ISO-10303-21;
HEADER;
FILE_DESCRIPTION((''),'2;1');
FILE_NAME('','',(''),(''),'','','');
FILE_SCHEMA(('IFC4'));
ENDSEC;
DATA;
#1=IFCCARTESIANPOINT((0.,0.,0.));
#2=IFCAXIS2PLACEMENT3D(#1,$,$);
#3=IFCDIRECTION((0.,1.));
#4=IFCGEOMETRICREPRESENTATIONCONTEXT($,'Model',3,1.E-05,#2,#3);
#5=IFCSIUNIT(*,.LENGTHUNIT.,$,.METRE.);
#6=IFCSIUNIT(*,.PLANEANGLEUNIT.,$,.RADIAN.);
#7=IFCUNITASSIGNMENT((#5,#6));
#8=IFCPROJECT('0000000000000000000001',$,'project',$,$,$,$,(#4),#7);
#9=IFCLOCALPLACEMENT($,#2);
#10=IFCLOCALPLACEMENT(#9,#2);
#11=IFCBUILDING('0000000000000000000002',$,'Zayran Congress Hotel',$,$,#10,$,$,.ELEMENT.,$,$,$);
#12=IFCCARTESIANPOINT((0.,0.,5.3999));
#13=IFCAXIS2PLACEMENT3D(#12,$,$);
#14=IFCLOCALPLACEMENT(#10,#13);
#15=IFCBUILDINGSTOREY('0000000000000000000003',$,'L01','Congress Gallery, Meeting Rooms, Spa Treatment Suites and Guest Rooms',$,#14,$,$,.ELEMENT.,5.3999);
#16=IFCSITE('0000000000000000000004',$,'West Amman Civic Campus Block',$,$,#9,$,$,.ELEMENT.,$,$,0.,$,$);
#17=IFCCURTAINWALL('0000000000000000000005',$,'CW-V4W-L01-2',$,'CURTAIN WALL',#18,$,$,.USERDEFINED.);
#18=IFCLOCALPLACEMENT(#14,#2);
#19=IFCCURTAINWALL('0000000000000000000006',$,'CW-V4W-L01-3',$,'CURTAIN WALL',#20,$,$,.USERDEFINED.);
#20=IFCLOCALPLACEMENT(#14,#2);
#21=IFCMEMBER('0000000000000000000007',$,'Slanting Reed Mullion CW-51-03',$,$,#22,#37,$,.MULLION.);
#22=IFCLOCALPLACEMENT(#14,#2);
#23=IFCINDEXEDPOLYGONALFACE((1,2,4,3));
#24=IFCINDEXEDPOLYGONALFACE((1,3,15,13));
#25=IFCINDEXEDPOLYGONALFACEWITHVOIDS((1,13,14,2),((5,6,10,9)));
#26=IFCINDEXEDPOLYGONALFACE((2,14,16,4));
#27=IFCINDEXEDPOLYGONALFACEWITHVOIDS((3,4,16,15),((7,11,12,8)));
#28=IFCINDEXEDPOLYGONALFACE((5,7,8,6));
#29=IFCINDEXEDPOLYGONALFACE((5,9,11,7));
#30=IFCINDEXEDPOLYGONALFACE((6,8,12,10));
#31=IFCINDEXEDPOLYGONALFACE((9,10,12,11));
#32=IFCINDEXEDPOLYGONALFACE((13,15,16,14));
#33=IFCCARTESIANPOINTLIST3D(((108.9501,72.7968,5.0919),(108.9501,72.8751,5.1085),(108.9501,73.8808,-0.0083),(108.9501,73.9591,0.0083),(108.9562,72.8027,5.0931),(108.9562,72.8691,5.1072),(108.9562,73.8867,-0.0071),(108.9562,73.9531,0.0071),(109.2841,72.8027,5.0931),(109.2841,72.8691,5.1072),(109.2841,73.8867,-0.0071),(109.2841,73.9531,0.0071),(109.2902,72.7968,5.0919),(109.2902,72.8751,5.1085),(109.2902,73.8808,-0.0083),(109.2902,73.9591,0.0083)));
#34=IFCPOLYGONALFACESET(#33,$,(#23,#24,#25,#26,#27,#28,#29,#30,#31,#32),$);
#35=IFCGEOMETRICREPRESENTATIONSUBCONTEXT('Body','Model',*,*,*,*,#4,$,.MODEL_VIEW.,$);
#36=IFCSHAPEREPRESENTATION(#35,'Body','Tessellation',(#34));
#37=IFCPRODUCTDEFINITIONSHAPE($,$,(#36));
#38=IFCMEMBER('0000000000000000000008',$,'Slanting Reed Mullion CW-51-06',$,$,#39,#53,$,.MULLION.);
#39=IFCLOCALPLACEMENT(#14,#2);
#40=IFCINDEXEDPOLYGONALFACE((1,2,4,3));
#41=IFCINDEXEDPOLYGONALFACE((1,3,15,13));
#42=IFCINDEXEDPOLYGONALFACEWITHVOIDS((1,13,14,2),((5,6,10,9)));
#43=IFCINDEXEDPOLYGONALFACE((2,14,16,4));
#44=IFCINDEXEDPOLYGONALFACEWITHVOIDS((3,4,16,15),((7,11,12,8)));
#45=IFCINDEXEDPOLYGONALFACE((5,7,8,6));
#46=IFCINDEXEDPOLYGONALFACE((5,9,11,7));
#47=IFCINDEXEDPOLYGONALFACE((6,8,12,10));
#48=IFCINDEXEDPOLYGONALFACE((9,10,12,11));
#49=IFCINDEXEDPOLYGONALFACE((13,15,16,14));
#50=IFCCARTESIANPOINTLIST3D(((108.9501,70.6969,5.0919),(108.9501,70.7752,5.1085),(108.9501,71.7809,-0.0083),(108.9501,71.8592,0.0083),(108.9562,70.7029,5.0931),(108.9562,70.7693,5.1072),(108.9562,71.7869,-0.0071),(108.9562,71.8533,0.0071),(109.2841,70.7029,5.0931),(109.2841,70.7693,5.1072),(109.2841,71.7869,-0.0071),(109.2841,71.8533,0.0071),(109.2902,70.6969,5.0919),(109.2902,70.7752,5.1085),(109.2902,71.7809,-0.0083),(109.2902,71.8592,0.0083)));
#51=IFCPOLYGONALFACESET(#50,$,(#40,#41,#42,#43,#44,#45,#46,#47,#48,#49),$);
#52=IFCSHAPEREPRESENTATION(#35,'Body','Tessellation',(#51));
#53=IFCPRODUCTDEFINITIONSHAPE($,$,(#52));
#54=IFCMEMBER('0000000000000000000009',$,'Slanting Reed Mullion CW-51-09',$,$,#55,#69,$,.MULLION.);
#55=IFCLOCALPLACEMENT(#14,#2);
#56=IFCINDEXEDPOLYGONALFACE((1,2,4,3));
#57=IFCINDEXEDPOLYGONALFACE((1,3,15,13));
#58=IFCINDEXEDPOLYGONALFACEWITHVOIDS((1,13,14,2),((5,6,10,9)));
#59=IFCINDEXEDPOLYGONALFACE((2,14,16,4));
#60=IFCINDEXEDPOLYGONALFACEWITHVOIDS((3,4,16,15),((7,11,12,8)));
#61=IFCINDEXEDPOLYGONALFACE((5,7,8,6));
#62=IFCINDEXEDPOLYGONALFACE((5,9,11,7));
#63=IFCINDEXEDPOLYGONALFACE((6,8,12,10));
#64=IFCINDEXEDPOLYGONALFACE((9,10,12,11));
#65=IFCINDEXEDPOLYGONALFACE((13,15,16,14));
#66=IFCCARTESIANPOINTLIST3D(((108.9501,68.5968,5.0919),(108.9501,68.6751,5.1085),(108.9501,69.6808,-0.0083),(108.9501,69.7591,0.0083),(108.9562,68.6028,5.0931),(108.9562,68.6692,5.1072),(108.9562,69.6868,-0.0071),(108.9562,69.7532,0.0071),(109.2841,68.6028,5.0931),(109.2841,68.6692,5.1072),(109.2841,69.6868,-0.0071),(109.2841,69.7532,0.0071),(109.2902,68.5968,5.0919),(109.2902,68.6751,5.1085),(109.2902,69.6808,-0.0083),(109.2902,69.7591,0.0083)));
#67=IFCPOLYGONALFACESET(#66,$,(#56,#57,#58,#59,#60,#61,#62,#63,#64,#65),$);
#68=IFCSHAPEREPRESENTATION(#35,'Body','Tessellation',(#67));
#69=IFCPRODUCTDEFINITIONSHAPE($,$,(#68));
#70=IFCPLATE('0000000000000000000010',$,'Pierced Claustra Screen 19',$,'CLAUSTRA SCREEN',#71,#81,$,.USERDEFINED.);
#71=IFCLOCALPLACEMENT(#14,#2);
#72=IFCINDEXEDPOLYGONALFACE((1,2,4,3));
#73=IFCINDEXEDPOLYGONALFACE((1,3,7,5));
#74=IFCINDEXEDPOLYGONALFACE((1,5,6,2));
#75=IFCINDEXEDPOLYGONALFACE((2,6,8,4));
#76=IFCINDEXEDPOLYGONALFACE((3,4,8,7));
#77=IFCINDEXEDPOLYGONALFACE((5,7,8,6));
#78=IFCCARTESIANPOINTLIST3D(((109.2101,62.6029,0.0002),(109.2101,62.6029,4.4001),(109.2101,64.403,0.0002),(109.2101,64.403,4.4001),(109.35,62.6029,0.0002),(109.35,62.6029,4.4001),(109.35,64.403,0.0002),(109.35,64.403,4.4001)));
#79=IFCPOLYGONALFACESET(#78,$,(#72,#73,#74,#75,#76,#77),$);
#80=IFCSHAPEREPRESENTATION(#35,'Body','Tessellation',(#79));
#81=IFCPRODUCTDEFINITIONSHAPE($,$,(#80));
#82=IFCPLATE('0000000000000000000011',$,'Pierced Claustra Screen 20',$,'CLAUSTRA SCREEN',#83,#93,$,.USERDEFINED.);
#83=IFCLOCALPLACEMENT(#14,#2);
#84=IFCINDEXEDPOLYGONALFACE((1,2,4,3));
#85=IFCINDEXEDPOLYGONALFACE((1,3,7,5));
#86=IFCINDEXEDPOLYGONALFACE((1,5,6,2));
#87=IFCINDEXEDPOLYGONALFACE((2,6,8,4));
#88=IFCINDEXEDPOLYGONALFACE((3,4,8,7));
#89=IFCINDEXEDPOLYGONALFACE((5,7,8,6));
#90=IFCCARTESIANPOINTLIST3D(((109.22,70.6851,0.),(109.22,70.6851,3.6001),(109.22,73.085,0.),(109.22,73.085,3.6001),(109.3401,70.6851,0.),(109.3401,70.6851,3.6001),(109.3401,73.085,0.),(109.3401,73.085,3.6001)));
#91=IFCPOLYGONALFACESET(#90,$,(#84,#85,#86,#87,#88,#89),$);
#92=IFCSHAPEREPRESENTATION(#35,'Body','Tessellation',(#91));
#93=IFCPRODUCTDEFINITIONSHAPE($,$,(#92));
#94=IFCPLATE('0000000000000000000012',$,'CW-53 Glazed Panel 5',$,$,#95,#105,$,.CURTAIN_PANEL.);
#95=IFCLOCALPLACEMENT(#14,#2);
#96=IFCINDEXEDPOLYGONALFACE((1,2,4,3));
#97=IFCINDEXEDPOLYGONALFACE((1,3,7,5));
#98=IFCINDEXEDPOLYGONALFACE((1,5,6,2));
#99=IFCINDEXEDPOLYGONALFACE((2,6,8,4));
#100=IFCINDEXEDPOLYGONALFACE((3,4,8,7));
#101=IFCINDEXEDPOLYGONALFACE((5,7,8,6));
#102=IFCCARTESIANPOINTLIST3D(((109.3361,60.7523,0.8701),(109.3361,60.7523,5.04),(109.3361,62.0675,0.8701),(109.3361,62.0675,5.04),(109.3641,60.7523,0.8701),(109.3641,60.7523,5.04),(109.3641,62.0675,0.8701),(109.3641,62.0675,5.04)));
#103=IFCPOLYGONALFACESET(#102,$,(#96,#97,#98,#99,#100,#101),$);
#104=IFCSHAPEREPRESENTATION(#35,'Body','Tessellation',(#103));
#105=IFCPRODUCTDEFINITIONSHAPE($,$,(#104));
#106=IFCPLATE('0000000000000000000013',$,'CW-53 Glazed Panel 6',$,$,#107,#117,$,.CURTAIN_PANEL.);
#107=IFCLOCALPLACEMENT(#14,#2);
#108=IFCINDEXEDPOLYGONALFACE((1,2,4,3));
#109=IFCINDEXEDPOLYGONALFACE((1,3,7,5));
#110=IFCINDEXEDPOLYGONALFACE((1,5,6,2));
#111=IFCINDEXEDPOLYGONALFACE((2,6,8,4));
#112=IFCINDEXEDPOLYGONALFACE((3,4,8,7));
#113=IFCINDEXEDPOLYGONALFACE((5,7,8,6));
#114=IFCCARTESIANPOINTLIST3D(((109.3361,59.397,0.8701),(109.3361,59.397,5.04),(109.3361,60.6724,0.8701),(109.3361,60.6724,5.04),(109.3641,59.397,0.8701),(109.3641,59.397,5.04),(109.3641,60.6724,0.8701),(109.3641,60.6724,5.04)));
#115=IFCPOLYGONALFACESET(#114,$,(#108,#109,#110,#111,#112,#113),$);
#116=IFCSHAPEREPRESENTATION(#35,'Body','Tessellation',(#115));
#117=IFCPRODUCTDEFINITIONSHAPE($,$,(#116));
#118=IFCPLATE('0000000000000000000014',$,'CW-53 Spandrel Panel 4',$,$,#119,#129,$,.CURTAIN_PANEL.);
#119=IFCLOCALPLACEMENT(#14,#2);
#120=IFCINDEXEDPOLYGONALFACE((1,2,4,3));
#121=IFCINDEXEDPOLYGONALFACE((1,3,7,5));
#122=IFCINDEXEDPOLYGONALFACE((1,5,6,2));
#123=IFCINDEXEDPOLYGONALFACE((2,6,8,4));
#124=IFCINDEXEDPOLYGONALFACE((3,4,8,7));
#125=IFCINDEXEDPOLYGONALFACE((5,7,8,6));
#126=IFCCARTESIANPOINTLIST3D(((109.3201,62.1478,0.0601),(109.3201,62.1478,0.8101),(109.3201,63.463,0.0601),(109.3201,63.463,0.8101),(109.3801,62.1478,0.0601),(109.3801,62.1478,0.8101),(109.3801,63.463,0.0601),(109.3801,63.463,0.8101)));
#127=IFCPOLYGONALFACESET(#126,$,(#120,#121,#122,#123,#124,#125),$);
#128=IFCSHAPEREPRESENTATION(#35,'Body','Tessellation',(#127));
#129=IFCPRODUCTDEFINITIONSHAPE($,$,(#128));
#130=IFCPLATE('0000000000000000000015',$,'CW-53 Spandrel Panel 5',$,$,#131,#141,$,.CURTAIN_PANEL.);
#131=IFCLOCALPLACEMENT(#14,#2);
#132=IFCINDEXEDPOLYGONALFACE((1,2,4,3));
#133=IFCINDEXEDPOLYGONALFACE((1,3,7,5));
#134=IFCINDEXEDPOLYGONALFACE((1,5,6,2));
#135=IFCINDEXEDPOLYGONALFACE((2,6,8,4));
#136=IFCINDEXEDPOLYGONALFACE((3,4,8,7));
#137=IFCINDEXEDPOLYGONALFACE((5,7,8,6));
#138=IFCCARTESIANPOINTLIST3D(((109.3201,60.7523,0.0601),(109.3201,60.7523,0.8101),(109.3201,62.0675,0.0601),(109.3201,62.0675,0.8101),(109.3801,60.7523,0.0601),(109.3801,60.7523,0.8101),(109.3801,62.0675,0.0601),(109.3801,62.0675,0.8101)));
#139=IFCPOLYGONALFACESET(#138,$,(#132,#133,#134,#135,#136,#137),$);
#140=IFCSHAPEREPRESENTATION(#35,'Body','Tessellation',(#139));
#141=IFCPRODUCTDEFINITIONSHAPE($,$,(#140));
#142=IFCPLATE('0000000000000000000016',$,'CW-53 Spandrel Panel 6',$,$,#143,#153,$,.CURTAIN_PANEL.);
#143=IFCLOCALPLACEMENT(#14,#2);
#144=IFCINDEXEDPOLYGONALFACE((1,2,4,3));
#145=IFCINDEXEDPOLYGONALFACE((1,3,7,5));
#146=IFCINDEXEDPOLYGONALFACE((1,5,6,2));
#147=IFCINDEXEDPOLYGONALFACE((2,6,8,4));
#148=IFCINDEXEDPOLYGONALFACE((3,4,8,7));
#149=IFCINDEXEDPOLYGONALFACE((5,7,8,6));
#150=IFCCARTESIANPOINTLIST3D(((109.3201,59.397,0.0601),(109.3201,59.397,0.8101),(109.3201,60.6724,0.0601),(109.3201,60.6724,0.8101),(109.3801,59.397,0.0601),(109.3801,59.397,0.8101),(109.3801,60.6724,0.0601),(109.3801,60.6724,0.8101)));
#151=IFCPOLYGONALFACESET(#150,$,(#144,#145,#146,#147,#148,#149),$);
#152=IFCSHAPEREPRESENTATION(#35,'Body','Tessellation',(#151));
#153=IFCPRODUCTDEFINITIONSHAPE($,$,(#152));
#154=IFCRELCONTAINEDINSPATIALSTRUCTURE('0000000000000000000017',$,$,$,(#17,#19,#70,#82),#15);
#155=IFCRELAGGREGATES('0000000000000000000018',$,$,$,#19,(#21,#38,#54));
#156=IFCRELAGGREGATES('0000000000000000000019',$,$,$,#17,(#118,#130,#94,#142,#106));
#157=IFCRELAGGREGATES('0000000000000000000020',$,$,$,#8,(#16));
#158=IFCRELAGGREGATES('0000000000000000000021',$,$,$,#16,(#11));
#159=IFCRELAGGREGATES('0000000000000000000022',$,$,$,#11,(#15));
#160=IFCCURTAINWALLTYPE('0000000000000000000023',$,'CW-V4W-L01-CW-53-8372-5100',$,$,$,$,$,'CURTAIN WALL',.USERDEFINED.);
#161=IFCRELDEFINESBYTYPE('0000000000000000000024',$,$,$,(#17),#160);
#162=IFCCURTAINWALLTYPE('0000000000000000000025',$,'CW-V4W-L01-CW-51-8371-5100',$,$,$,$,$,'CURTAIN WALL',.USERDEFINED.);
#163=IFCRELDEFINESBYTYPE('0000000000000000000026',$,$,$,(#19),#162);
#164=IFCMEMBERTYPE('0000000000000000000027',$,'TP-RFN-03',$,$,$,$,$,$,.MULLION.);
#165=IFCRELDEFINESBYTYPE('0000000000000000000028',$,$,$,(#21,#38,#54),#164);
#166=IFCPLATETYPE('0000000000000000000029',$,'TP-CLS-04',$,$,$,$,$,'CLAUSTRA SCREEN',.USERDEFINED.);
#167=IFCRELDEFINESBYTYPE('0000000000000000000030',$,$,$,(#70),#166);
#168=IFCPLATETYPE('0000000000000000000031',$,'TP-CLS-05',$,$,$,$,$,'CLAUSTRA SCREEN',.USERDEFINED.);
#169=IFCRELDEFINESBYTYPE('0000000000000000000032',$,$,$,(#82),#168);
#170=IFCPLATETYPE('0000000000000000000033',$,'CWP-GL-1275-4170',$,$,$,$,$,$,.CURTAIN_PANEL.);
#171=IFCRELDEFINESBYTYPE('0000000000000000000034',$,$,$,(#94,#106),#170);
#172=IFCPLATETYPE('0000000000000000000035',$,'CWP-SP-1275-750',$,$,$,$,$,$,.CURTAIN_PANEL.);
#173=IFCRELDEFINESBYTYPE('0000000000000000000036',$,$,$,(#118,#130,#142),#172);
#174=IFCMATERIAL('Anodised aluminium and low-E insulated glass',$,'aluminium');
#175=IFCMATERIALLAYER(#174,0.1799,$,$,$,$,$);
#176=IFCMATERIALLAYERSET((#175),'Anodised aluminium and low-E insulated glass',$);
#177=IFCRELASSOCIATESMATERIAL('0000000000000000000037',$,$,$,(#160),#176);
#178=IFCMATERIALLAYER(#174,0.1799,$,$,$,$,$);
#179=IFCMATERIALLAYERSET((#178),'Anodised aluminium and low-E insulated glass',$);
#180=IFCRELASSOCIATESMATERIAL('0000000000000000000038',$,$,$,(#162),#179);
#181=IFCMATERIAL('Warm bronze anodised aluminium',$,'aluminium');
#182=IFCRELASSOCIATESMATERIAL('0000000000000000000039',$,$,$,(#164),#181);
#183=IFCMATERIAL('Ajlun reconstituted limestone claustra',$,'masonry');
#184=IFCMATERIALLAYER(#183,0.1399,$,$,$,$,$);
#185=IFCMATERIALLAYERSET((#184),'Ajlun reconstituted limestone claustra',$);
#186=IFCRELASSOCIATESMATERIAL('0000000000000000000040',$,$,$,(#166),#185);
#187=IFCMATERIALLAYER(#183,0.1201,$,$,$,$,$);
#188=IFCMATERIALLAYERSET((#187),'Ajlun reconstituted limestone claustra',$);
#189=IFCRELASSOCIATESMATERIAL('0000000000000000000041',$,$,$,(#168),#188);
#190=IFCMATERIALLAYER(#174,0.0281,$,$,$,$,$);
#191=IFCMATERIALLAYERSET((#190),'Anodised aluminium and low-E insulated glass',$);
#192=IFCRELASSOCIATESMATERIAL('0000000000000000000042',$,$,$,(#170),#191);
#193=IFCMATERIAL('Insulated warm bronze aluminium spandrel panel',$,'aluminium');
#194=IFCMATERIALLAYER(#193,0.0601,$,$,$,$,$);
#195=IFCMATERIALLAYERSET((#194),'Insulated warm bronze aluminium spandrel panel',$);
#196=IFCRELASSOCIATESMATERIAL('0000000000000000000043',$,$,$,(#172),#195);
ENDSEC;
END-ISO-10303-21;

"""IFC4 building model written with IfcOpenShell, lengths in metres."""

from ifc_helpers import new_model, si_unit, direction, frame, origin, origin_2d, place, context, subcontext, project, spatial, rectangle, hollow_rectangle, extrude, material, layer, layer_set, material_profile, profile_set, type_object, element, aggregate, save


model = new_model("IFC4")

# Units and contexts
model_context = context("Model", 3, precision=1e-05, world=origin(), true_north=direction((0.0, 1.0)))
body_context = subcontext(model_context, "Body", "Model", "MODEL_VIEW")
ifc_project = project(units=[si_unit("LENGTHUNIT", "METRE"), si_unit("PLANEANGLEUNIT", "RADIAN")], contexts=[model_context])

# Site, building, storey
site_placement = place(None, origin())
site = spatial("IfcSite", under=ifc_project, at=site_placement, Name="West Amman Civic Campus Block", CompositionType="ELEMENT", RefElevation=0.0)
building_placement = place(site_placement, origin())
building = spatial("IfcBuilding", under=site, at=building_placement, Name="Zayran Congress Hotel", CompositionType="ELEMENT")
storey_placement = place(building_placement, frame((0.0, 0.0, 5.3999)))
storey = spatial("IfcBuildingStorey", under=building, at=storey_placement, Name="L01", Description="Congress Gallery, Meeting Rooms, Spa Treatment Suites and Guest Rooms", CompositionType="ELEMENT", Elevation=5.3999)

# Curtain walls
ifc_material_1 = material(Name="Anodised aluminium and low-E insulated glass", Category="aluminium")
ifc_layer_1 = layer(ifc_material_1, 0.1799)
ifc_layer_set_1 = layer_set([ifc_layer_1], Name="Anodised aluminium and low-E insulated glass")
curtain_wall_type_1 = type_object("IfcCurtainWallType", Name="CW-V4W-L01-CW-53-8372-5100", ElementType="CURTAIN WALL", PredefinedType="USERDEFINED", material=ifc_layer_set_1)
curtain_wall_1_placement = place(storey_placement, origin())
curtain_wall_1 = element("IfcCurtainWall", 1, at=curtain_wall_1_placement, inside=storey, type_object=curtain_wall_type_1, Name="CW-V4W-L01-2", ObjectType="CURTAIN WALL", PredefinedType="USERDEFINED")
ifc_layer_2 = layer(ifc_material_1, 0.1799)
ifc_layer_set_2 = layer_set([ifc_layer_2], Name="Anodised aluminium and low-E insulated glass")
curtain_wall_type_2 = type_object("IfcCurtainWallType", Name="CW-V4W-L01-CW-51-8371-5100", ElementType="CURTAIN WALL", PredefinedType="USERDEFINED", material=ifc_layer_set_2)
curtain_wall_2_placement = place(storey_placement, origin())
curtain_wall_2 = element("IfcCurtainWall", 2, at=curtain_wall_2_placement, inside=storey, type_object=curtain_wall_type_2, Name="CW-V4W-L01-3", ObjectType="CURTAIN WALL", PredefinedType="USERDEFINED")
ifc_material_2 = material(Name="Warm bronze anodised aluminium", Category="aluminium")

# Members
ifc_material_profile_1 = material_profile(ifc_material_2, hollow_rectangle(XDim=0.0801, YDim=0.3401, WallThickness=0.0061, at=origin_2d()), Name="RHS 340x80x6")
ifc_profile_set_1 = profile_set([ifc_material_profile_1], Name="Warm bronze anodised aluminium")
member_type_1 = type_object("IfcMemberType", Name="TP-RFN-03", PredefinedType="MULLION", material=ifc_profile_set_1)
member_1_placement = place(storey_placement, frame((109.1201, 73.9199, 0.0), z_axis=(0.0, -0.207898, 0.978151), x_axis=(0.0, 0.978151, 0.207898)))
member_1 = element("IfcMember", 3, at=member_1_placement, type_object=member_type_1, Name="Slanting Reed Mullion CW-51-03", PredefinedType="MULLION", context=body_context, shape_type="SweptSolid", body=[
    extrude(hollow_rectangle(XDim=0.0801, YDim=0.3401, WallThickness=0.0061, at=origin_2d()), origin(), (0.0, 0.0, 1.0), 5.2141),
])
member_2_placement = place(storey_placement, frame((109.1201, 71.8201, 0.0), z_axis=(0.0, -0.207898, 0.978151), x_axis=(0.0, 0.978151, 0.207898)))
member_2 = element("IfcMember", 4, at=member_2_placement, type_object=member_type_1, Name="Slanting Reed Mullion CW-51-06", PredefinedType="MULLION", context=body_context, shape_type="SweptSolid", body=[
    extrude(hollow_rectangle(XDim=0.0801, YDim=0.3401, WallThickness=0.0061, at=origin_2d()), origin(), (0.0, 0.0, 1.0), 5.2141),
])
member_3_placement = place(storey_placement, frame((109.1201, 69.72, 0.0), z_axis=(0.0, -0.207898, 0.978151), x_axis=(0.0, 0.978151, 0.207898)))
member_3 = element("IfcMember", 5, at=member_3_placement, type_object=member_type_1, Name="Slanting Reed Mullion CW-51-09", PredefinedType="MULLION", context=body_context, shape_type="SweptSolid", body=[
    extrude(hollow_rectangle(XDim=0.0801, YDim=0.3401, WallThickness=0.0061, at=origin_2d()), origin(), (0.0, 0.0, 1.0), 5.2141),
])
aggregate(curtain_wall_2, [member_1, member_2, member_3])

# Plates
ifc_material_3 = material(Name="Ajlun reconstituted limestone claustra", Category="masonry")
ifc_layer_3 = layer(ifc_material_3, 0.1399)
ifc_layer_set_3 = layer_set([ifc_layer_3], Name="Ajlun reconstituted limestone claustra")
plate_type_1 = type_object("IfcPlateType", Name="TP-CLS-04", ElementType="CLAUSTRA SCREEN", PredefinedType="USERDEFINED", material=ifc_layer_set_3)
plate_1_placement = place(storey_placement, frame((109.28, 63.5029, 0.0002), z_axis=(0.0, 0.0, 1.0), x_axis=(0.0, 1.0, 0.0)))
element("IfcPlate", 6, at=plate_1_placement, inside=storey, type_object=plate_type_1, Name="Pierced Claustra Screen 19", ObjectType="CLAUSTRA SCREEN", PredefinedType="USERDEFINED", context=body_context, shape_type="SweptSolid", body=[
    extrude(rectangle(XDim=1.8, YDim=0.1399, at=origin_2d()), origin(), (0.0, 0.0, 1.0), 4.3999),
])
ifc_layer_4 = layer(ifc_material_3, 0.1201)
ifc_layer_set_4 = layer_set([ifc_layer_4], Name="Ajlun reconstituted limestone claustra")
plate_type_2 = type_object("IfcPlateType", Name="TP-CLS-05", ElementType="CLAUSTRA SCREEN", PredefinedType="USERDEFINED", material=ifc_layer_set_4)
plate_2_placement = place(storey_placement, frame((109.28, 71.885, 0.0), z_axis=(0.0, 0.0, 1.0), x_axis=(0.0, 1.0, 0.0)))
element("IfcPlate", 7, at=plate_2_placement, inside=storey, type_object=plate_type_2, Name="Pierced Claustra Screen 20", ObjectType="CLAUSTRA SCREEN", PredefinedType="USERDEFINED", context=body_context, shape_type="SweptSolid", body=[
    extrude(rectangle(XDim=2.3999, YDim=0.1201, at=origin_2d()), origin(), (0.0, 0.0, 1.0), 3.6001),
])

# Plates
ifc_layer_5 = layer(ifc_material_1, 0.0281)
ifc_layer_set_5 = layer_set([ifc_layer_5], Name="Anodised aluminium and low-E insulated glass")
plate_type_3 = type_object("IfcPlateType", Name="CWP-GL-1275-4170", PredefinedType="CURTAIN_PANEL", material=ifc_layer_set_5)
plate_3_placement = place(storey_placement, frame((109.3501, 61.4099, 0.8701), z_axis=(0.0, 0.0, 1.0), x_axis=(0.0, 1.0, 0.0)))
plate_3 = element("IfcPlate", 8, at=plate_3_placement, type_object=plate_type_3, Name="CW-53 Glazed Panel 5", PredefinedType="CURTAIN_PANEL", context=body_context, shape_type="SweptSolid", body=[
    extrude(rectangle(XDim=1.3152, YDim=0.0281, at=origin_2d()), origin(), (0.0, 0.0, 1.0), 4.1699),
])
plate_4_placement = place(storey_placement, frame((109.3501, 60.0347, 0.8701), z_axis=(0.0, 0.0, 1.0), x_axis=(0.0, 1.0, 0.0)))
plate_4 = element("IfcPlate", 9, at=plate_4_placement, type_object=plate_type_3, Name="CW-53 Glazed Panel 6", PredefinedType="CURTAIN_PANEL", context=body_context, shape_type="SweptSolid", body=[
    extrude(rectangle(XDim=1.2754, YDim=0.0281, at=origin_2d()), origin(), (0.0, 0.0, 1.0), 4.1699),
])
ifc_material_4 = material(Name="Insulated warm bronze aluminium spandrel panel", Category="aluminium")
ifc_layer_6 = layer(ifc_material_4, 0.0601)
ifc_layer_set_6 = layer_set([ifc_layer_6], Name="Insulated warm bronze aluminium spandrel panel")
plate_type_4 = type_object("IfcPlateType", Name="CWP-SP-1275-750", PredefinedType="CURTAIN_PANEL", material=ifc_layer_set_6)
plate_5_placement = place(storey_placement, frame((109.3501, 62.8054, 0.0601), z_axis=(0.0, 0.0, 1.0), x_axis=(0.0, 1.0, 0.0)))
plate_5 = element("IfcPlate", 10, at=plate_5_placement, type_object=plate_type_4, Name="CW-53 Spandrel Panel 4", PredefinedType="CURTAIN_PANEL", context=body_context, shape_type="SweptSolid", body=[
    extrude(rectangle(XDim=1.3152, YDim=0.0601, at=origin_2d()), origin(), (0.0, 0.0, 1.0), 0.75),
])
plate_6_placement = place(storey_placement, frame((109.3501, 61.4099, 0.0601), z_axis=(0.0, 0.0, 1.0), x_axis=(0.0, 1.0, 0.0)))
plate_6 = element("IfcPlate", 11, at=plate_6_placement, type_object=plate_type_4, Name="CW-53 Spandrel Panel 5", PredefinedType="CURTAIN_PANEL", context=body_context, shape_type="SweptSolid", body=[
    extrude(rectangle(XDim=1.3152, YDim=0.0601, at=origin_2d()), origin(), (0.0, 0.0, 1.0), 0.75),
])
plate_7_placement = place(storey_placement, frame((109.3501, 60.0347, 0.0601), z_axis=(0.0, 0.0, 1.0), x_axis=(0.0, 1.0, 0.0)))
plate_7 = element("IfcPlate", 12, at=plate_7_placement, type_object=plate_type_4, Name="CW-53 Spandrel Panel 6", PredefinedType="CURTAIN_PANEL", context=body_context, shape_type="SweptSolid", body=[
    extrude(rectangle(XDim=1.2754, YDim=0.0601, at=origin_2d()), origin(), (0.0, 0.0, 1.0), 0.75),
])
aggregate(curtain_wall_1, [plate_5, plate_6, plate_3, plate_7, plate_4])

save(model, "model.ifc")
